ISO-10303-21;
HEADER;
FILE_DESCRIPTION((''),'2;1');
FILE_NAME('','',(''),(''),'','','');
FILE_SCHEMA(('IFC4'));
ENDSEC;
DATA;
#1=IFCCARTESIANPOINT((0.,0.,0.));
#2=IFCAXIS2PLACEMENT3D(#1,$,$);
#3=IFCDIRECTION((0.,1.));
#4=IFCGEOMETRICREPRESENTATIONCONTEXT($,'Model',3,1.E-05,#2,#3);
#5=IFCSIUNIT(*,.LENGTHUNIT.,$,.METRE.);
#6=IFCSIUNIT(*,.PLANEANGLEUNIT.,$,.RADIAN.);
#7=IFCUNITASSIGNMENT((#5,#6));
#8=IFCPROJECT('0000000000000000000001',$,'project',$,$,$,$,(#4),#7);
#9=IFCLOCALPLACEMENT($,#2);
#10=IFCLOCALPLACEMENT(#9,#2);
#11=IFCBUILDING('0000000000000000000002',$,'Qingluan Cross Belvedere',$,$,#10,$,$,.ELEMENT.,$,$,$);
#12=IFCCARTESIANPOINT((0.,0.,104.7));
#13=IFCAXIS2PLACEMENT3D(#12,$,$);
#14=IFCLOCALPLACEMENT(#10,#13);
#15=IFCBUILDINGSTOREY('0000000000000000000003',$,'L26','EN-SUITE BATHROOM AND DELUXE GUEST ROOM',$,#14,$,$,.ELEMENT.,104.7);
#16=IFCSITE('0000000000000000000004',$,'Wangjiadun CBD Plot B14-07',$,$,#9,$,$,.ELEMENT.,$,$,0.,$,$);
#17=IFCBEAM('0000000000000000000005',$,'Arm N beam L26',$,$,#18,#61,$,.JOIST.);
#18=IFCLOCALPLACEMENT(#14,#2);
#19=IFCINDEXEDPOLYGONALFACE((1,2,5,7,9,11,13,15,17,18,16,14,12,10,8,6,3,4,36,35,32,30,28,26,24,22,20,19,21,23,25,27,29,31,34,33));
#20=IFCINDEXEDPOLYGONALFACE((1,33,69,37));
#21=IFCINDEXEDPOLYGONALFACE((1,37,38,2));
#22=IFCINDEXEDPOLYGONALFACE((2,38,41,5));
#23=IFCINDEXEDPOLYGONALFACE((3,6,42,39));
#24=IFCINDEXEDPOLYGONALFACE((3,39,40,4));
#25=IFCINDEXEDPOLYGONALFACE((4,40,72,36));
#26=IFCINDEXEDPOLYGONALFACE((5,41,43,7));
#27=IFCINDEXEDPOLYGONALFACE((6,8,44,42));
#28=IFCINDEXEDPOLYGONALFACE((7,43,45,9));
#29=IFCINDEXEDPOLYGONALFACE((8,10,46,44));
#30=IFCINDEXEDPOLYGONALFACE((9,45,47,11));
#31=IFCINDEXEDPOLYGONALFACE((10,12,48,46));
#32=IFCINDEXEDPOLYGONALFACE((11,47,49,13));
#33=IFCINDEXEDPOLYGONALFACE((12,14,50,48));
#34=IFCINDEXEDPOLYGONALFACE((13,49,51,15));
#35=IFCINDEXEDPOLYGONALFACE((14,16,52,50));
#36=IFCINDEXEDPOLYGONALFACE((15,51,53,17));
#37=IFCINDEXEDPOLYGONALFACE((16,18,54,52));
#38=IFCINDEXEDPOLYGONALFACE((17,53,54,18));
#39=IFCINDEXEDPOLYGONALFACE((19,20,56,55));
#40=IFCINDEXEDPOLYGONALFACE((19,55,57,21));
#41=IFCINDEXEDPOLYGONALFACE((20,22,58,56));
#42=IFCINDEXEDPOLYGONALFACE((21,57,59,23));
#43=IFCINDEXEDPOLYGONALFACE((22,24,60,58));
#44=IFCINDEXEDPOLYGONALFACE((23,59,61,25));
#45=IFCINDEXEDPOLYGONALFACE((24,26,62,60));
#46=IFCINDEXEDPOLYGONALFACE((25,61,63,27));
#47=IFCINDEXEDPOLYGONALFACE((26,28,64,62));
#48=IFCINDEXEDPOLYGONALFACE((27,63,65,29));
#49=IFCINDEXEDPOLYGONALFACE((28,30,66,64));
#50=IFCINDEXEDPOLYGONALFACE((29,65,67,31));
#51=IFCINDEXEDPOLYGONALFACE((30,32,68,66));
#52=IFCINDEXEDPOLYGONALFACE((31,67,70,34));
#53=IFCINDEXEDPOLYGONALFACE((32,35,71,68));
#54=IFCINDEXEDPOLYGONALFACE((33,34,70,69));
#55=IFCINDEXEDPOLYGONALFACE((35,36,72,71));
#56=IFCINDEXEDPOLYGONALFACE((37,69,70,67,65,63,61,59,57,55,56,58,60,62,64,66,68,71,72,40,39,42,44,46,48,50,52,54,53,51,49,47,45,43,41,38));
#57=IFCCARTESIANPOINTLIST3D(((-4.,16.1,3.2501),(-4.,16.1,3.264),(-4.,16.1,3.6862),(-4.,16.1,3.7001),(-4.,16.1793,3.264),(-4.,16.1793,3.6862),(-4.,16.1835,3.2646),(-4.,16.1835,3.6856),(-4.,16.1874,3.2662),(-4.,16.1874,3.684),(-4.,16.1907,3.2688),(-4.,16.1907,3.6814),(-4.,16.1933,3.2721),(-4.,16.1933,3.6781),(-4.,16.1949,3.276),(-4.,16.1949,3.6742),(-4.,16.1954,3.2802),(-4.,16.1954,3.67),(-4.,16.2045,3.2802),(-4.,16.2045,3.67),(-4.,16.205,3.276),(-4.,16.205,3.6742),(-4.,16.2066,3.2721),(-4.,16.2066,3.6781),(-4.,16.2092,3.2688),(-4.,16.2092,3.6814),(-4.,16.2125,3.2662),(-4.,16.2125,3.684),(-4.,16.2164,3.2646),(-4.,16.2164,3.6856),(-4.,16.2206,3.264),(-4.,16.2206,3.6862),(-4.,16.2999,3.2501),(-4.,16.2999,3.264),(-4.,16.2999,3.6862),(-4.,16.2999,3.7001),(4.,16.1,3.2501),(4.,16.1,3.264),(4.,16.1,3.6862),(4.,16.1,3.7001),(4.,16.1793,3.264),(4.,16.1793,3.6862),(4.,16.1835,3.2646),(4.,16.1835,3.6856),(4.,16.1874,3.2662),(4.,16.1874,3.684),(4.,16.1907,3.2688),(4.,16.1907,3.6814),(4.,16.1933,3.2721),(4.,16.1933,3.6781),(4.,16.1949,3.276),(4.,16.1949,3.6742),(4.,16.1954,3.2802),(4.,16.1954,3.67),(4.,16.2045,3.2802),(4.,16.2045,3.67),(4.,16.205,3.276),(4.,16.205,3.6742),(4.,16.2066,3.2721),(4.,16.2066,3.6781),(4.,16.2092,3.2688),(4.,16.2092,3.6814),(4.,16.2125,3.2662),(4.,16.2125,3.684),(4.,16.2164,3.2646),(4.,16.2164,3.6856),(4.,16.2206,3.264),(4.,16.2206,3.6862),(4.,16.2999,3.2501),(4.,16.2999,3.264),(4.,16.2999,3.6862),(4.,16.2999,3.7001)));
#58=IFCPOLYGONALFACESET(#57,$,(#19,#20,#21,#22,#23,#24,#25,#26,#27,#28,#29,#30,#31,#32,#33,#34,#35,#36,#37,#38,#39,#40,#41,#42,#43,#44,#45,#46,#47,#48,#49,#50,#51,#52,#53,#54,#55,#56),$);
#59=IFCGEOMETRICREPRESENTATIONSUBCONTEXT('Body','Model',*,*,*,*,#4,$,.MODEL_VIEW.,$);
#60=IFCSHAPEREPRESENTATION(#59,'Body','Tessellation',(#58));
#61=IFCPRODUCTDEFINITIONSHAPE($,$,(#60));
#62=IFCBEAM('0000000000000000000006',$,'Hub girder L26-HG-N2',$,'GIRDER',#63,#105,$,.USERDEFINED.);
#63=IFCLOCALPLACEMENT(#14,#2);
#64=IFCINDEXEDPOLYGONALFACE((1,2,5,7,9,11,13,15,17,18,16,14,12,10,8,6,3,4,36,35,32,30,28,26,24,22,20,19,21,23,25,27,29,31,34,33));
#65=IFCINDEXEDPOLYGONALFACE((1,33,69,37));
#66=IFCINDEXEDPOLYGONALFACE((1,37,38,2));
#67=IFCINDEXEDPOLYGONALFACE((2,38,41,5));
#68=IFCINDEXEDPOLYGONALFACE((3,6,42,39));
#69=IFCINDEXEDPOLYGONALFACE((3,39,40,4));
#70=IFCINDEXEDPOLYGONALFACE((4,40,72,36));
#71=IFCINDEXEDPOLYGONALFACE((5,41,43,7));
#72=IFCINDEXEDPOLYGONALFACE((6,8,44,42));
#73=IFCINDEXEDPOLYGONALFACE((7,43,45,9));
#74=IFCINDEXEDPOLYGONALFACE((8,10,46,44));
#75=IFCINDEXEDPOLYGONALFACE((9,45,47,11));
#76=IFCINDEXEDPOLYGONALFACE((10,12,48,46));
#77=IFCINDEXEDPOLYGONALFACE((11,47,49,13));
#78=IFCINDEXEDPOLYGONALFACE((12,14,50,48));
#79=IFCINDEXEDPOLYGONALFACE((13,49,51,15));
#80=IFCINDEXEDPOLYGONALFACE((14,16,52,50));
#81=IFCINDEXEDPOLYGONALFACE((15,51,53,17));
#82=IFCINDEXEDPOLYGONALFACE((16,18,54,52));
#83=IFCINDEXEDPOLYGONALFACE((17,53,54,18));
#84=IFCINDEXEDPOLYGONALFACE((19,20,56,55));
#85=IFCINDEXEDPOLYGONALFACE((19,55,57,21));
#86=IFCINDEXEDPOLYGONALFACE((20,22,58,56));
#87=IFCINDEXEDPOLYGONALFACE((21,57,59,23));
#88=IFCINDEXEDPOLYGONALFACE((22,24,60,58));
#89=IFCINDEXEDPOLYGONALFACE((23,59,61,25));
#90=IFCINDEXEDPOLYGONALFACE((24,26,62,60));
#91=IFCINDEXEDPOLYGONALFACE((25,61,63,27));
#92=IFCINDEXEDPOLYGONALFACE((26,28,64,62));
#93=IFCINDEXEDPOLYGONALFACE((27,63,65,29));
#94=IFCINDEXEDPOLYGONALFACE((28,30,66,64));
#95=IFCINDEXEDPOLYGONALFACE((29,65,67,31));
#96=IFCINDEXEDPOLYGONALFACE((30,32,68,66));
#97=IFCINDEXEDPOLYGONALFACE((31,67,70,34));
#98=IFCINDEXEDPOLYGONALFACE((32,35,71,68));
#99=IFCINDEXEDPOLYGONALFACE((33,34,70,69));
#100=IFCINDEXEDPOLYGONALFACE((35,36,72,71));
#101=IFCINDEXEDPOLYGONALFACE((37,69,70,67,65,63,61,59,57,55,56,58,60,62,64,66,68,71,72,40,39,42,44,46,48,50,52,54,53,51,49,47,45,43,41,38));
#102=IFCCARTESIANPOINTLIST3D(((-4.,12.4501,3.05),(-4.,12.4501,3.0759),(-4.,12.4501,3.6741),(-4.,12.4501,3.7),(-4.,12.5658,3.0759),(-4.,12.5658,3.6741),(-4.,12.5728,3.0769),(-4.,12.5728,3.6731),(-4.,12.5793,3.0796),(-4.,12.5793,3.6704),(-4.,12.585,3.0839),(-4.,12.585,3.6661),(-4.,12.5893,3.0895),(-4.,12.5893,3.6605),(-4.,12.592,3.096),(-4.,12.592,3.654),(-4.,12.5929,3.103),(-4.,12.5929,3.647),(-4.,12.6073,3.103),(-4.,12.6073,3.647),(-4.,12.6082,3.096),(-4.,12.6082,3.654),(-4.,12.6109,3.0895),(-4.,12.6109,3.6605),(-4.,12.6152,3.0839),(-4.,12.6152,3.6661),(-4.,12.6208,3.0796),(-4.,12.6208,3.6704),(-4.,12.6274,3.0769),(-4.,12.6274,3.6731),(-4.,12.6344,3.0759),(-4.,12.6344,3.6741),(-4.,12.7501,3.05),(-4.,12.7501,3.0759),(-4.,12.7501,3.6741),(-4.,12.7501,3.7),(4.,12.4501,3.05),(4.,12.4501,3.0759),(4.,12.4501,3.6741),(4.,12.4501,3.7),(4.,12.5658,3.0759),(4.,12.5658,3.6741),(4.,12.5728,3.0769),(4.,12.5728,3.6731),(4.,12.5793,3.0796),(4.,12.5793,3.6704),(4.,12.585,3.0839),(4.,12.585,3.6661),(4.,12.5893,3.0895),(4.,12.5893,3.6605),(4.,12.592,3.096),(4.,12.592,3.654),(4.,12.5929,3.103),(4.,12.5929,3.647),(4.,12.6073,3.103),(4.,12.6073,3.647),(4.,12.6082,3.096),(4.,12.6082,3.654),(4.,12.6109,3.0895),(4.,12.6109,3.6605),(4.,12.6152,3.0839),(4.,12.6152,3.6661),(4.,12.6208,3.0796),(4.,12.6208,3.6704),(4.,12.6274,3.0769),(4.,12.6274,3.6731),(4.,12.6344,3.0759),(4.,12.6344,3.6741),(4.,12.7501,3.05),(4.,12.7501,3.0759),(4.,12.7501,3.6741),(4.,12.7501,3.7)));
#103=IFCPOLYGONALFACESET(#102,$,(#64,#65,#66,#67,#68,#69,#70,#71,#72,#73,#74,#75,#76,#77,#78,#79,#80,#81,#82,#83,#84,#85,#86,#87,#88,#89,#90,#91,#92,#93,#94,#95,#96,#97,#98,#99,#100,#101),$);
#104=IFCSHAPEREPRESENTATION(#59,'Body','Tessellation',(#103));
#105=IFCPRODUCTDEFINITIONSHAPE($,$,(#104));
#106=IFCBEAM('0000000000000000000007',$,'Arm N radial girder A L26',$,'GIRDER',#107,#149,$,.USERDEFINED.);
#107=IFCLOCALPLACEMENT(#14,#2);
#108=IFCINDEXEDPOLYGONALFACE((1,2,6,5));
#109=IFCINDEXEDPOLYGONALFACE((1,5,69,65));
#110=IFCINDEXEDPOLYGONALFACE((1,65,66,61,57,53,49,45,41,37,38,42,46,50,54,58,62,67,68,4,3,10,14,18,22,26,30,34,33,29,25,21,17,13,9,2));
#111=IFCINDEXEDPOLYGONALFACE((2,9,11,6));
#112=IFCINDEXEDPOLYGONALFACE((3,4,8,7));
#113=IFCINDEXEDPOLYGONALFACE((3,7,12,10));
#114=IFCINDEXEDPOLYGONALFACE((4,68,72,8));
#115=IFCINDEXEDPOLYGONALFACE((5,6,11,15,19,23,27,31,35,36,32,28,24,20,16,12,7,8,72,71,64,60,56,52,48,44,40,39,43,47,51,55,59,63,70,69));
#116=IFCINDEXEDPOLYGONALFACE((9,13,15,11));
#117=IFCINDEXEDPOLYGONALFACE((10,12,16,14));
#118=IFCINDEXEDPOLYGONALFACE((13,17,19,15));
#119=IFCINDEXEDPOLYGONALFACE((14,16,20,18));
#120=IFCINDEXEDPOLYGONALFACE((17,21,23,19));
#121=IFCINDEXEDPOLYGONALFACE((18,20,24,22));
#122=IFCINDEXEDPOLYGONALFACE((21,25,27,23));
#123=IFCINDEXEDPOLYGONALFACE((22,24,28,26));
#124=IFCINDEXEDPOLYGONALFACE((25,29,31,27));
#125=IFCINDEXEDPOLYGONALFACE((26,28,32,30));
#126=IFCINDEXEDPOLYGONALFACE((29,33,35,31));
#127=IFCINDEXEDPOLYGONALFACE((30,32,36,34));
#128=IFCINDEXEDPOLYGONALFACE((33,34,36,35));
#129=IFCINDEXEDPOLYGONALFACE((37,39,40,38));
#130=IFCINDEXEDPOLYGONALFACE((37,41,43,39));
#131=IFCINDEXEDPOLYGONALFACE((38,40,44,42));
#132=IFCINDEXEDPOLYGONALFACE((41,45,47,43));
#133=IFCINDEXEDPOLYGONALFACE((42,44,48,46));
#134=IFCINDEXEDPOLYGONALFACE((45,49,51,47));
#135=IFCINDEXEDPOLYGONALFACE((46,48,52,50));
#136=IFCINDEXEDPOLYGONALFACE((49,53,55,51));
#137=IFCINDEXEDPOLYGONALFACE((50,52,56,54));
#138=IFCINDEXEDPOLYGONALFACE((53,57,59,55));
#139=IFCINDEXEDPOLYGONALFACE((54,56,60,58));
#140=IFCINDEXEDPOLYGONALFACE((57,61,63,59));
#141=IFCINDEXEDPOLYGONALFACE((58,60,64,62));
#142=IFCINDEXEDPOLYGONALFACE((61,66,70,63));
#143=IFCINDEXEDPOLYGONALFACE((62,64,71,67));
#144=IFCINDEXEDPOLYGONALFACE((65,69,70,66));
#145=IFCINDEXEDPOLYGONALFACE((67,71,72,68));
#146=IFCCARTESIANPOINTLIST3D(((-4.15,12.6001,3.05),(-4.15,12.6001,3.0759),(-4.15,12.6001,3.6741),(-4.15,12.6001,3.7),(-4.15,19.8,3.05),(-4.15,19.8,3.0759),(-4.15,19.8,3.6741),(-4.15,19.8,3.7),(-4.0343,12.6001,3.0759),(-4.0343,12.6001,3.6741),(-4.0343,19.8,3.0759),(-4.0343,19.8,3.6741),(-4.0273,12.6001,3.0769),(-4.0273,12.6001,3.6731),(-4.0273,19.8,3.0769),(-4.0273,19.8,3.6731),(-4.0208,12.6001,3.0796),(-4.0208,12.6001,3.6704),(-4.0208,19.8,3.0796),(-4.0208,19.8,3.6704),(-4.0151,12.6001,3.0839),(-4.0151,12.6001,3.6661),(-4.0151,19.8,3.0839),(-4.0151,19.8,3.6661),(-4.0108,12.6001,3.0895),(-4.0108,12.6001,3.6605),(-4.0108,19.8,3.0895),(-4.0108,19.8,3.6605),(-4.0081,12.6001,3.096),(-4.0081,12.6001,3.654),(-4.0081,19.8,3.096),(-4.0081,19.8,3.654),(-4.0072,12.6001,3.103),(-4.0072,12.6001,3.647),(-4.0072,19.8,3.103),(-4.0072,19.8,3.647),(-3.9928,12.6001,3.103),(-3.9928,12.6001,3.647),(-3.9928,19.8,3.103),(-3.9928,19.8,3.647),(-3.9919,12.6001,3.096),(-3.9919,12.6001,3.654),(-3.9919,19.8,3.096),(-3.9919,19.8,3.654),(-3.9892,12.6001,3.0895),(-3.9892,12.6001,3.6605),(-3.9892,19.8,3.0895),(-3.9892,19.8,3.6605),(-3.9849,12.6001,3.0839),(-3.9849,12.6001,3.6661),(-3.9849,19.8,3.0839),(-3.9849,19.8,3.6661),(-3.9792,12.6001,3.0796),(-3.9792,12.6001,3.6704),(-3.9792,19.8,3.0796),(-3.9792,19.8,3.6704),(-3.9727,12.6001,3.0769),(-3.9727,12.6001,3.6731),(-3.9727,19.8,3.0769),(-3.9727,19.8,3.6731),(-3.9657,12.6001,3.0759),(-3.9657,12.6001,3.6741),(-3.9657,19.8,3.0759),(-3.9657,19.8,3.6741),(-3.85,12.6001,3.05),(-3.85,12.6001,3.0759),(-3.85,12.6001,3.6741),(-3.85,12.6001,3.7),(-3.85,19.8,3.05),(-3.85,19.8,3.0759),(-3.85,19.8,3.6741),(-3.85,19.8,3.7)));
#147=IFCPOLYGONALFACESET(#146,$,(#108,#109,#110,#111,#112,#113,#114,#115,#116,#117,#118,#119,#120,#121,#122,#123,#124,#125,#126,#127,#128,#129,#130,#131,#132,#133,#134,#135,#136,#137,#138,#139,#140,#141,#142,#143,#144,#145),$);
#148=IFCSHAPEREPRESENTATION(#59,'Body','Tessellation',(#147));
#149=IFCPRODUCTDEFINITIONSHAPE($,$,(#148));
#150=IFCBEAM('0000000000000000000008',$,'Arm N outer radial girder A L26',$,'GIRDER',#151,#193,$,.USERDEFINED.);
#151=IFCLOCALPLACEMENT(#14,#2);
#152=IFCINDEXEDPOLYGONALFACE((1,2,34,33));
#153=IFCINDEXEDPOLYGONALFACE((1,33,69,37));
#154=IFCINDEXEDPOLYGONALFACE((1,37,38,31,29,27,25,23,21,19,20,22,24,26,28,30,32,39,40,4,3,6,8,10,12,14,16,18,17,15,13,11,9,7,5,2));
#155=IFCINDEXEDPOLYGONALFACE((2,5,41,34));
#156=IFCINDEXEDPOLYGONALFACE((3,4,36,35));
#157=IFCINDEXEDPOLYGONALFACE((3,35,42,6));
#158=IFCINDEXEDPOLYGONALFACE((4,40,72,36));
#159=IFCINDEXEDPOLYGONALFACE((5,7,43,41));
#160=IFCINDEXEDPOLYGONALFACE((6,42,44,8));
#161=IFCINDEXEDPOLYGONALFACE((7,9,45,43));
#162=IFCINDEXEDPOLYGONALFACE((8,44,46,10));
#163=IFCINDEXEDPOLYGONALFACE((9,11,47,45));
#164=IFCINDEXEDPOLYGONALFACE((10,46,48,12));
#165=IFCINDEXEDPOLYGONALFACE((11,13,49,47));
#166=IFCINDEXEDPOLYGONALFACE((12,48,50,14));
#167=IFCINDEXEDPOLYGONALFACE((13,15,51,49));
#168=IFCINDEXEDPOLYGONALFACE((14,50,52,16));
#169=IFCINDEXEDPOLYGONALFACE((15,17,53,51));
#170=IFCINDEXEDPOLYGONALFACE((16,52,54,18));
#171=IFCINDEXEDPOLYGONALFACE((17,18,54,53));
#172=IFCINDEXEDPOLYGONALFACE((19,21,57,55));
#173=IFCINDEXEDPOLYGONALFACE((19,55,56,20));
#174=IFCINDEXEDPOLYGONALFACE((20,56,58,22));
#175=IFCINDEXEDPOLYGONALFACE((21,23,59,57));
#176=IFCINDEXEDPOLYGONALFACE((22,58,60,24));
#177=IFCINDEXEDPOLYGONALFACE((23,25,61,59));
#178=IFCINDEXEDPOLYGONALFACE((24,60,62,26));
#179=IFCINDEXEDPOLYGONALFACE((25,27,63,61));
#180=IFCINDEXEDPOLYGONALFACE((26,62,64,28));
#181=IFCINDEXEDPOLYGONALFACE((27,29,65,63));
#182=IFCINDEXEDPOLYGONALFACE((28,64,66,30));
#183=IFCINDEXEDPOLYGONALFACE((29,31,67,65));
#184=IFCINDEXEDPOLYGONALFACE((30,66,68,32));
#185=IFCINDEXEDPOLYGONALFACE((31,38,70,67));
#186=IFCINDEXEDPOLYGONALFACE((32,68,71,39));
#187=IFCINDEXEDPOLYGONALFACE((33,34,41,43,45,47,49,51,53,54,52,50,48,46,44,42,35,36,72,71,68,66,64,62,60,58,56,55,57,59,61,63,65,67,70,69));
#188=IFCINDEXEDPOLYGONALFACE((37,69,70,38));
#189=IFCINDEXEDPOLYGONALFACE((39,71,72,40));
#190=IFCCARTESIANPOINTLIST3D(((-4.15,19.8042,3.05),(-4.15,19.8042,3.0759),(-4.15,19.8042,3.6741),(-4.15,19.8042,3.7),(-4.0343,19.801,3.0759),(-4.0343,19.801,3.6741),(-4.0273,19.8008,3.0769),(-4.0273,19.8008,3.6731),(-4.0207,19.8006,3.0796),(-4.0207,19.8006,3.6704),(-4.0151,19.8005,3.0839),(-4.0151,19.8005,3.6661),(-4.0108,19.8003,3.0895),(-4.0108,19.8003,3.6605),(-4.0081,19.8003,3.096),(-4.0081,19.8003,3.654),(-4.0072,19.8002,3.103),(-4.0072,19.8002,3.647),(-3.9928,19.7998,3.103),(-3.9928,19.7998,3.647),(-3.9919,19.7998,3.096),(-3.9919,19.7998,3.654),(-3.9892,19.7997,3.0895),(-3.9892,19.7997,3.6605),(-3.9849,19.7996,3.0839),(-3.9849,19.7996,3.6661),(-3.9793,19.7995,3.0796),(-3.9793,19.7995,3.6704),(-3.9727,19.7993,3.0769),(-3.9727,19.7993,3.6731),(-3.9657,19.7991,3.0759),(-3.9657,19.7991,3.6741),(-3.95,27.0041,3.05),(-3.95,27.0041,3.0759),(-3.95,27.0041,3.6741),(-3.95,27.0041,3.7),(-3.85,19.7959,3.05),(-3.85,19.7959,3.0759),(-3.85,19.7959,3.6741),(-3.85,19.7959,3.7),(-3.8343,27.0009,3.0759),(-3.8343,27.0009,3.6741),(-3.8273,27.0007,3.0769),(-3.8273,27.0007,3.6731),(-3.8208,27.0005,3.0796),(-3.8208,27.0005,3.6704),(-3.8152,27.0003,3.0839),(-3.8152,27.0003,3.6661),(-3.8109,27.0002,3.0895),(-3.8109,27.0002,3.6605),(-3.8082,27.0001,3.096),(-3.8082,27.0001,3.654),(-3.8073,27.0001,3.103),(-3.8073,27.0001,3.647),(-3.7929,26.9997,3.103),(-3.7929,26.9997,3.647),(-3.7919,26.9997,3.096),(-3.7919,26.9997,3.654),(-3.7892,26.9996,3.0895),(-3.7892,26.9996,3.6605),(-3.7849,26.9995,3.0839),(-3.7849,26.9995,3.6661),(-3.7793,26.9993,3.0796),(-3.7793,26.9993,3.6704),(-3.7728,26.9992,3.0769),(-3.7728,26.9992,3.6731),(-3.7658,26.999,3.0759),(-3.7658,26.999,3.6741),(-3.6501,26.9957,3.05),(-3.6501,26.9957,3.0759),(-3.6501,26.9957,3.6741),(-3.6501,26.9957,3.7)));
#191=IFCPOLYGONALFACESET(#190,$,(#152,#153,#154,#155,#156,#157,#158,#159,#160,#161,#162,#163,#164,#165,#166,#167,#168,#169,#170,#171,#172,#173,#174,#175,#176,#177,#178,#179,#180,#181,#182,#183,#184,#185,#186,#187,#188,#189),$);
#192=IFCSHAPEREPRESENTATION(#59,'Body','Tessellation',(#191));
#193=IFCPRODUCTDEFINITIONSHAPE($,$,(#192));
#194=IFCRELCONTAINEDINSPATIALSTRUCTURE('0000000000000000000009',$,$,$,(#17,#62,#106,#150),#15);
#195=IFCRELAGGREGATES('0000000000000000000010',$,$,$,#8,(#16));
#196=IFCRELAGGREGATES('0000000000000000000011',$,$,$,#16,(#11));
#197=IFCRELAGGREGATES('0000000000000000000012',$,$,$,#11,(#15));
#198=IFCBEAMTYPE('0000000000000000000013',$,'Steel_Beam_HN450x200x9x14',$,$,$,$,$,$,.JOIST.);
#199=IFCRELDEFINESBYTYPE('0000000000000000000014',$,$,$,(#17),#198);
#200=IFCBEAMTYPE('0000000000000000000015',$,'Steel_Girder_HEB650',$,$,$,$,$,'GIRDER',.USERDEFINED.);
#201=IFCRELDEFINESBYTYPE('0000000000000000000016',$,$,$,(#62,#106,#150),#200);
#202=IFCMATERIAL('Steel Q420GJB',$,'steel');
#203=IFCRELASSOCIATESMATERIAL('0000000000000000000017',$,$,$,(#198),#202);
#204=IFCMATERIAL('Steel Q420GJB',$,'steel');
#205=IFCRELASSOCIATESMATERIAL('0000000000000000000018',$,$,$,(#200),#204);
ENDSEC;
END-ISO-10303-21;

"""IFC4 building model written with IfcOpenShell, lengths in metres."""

from ifc_helpers import new_model, si_unit, direction, frame, origin, origin_2d, place, context, subcontext, project, spatial, i_section, extrude, material, material_profile, profile_set, type_object, element, save


model = new_model("IFC4")

# Units and contexts
model_context = context("Model", 3, precision=1e-05, world=origin(), true_north=direction((0.0, 1.0)))
body_context = subcontext(model_context, "Body", "Model", "MODEL_VIEW")
ifc_project = project(units=[si_unit("LENGTHUNIT", "METRE"), si_unit("PLANEANGLEUNIT", "RADIAN")], contexts=[model_context])

# Site, building, storey
site_placement = place(None, origin())
site = spatial("IfcSite", under=ifc_project, at=site_placement, Name="Wangjiadun CBD Plot B14-07", CompositionType="ELEMENT", RefElevation=0.0)
building_placement = place(site_placement, origin())
building = spatial("IfcBuilding", under=site, at=building_placement, Name="Qingluan Cross Belvedere", CompositionType="ELEMENT")
storey_placement = place(building_placement, frame((0.0, 0.0, 104.7)))
storey = spatial("IfcBuildingStorey", under=building, at=storey_placement, Name="L26", Description="EN-SUITE BATHROOM AND DELUXE GUEST ROOM", CompositionType="ELEMENT", Elevation=104.7)

# Beams
ifc_material_1 = material(Name="Steel Q420GJB", Category="steel")
ifc_material_profile_1 = material_profile(ifc_material_1, i_section(OverallWidth=0.2, OverallDepth=0.45, WebThickness=0.009, FlangeThickness=0.0139, FilletRadius=0.0161, at=origin_2d()), Name="HN450x200x9x14")
ifc_profile_set_1 = profile_set([ifc_material_profile_1], Name="Steel Q420GJB")
beam_type_1 = type_object("IfcBeamType", Name="Steel_Beam_HN450x200x9x14", PredefinedType="JOIST", material=ifc_profile_set_1)
for number, where, z_axis, x_axis, name in (
    (1, (-4.0, 16.2, 3.4751), (1.0, 0.0, 0.0), (0.0, 1.0, 0.0), "Arm N beam L26"),
):
    element("IfcBeam", number, at=place(storey_placement, frame(where, z_axis=z_axis, x_axis=x_axis)), inside=storey, type_object=beam_type_1, Name=name, PredefinedType="JOIST", context=body_context, shape_type="SweptSolid", body=[
        extrude(i_section(OverallWidth=0.2, OverallDepth=0.45, WebThickness=0.009, FlangeThickness=0.0139, FilletRadius=0.0161, at=origin_2d()), origin(), (0.0, 0.0, 1.0), 8.0),
    ])
ifc_material_2 = material(Name="Steel Q420GJB", Category="steel")
ifc_material_profile_2 = material_profile(ifc_material_2, i_section(OverallWidth=0.3, OverallDepth=0.6499, WebThickness=0.0144, FlangeThickness=0.0259, FilletRadius=0.0271, at=origin_2d()), Name="HEB650")
ifc_profile_set_2 = profile_set([ifc_material_profile_2], Name="Steel Q420GJB")
beam_type_2 = type_object("IfcBeamType", Name="Steel_Girder_HEB650", ElementType="GIRDER", PredefinedType="USERDEFINED", material=ifc_profile_set_2)
beam_1_placement = place(storey_placement, frame((-4.0, 12.6001, 3.375), z_axis=(1.0, 0.0, 0.0), x_axis=(0.0, 1.0, 0.0)))
element("IfcBeam", 2, at=beam_1_placement, inside=storey, type_object=beam_type_2, Name="Hub girder L26-HG-N2", ObjectType="GIRDER", PredefinedType="USERDEFINED", context=body_context, shape_type="SweptSolid", body=[
    extrude(i_section(OverallWidth=0.3, OverallDepth=0.6499, WebThickness=0.0144, FlangeThickness=0.0259, FilletRadius=0.0271, at=origin_2d()), origin(), (0.0, 0.0, 1.0), 8.0),
])
beam_2_placement = place(storey_placement, frame((-4.0, 12.6001, 3.375), z_axis=(0.0, 1.0, 0.0), x_axis=(-1.0, 0.0, 0.0)))
element("IfcBeam", 3, at=beam_2_placement, inside=storey, type_object=beam_type_2, Name="Arm N radial girder A L26", ObjectType="GIRDER", PredefinedType="USERDEFINED", context=body_context, shape_type="SweptSolid", body=[
    extrude(i_section(OverallWidth=0.3, OverallDepth=0.6499, WebThickness=0.0144, FlangeThickness=0.0259, FilletRadius=0.0271, at=origin_2d()), origin(), (0.0, 0.0, 1.0), 7.2),
])
beam_3_placement = place(storey_placement, frame((-4.0, 19.8, 3.375), z_axis=(0.02776, 0.999615, 0.0), x_axis=(-0.999615, 0.02776, 0.0)))
element("IfcBeam", 4, at=beam_3_placement, inside=storey, type_object=beam_type_2, Name="Arm N outer radial girder A L26", ObjectType="GIRDER", PredefinedType="USERDEFINED", context=body_context, shape_type="SweptSolid", body=[
    extrude(i_section(OverallWidth=0.3, OverallDepth=0.6499, WebThickness=0.0144, FlangeThickness=0.0259, FilletRadius=0.0271, at=origin_2d()), origin(), (0.0, 0.0, 1.0), 7.2026),
])

save(model, "model.ifc")
